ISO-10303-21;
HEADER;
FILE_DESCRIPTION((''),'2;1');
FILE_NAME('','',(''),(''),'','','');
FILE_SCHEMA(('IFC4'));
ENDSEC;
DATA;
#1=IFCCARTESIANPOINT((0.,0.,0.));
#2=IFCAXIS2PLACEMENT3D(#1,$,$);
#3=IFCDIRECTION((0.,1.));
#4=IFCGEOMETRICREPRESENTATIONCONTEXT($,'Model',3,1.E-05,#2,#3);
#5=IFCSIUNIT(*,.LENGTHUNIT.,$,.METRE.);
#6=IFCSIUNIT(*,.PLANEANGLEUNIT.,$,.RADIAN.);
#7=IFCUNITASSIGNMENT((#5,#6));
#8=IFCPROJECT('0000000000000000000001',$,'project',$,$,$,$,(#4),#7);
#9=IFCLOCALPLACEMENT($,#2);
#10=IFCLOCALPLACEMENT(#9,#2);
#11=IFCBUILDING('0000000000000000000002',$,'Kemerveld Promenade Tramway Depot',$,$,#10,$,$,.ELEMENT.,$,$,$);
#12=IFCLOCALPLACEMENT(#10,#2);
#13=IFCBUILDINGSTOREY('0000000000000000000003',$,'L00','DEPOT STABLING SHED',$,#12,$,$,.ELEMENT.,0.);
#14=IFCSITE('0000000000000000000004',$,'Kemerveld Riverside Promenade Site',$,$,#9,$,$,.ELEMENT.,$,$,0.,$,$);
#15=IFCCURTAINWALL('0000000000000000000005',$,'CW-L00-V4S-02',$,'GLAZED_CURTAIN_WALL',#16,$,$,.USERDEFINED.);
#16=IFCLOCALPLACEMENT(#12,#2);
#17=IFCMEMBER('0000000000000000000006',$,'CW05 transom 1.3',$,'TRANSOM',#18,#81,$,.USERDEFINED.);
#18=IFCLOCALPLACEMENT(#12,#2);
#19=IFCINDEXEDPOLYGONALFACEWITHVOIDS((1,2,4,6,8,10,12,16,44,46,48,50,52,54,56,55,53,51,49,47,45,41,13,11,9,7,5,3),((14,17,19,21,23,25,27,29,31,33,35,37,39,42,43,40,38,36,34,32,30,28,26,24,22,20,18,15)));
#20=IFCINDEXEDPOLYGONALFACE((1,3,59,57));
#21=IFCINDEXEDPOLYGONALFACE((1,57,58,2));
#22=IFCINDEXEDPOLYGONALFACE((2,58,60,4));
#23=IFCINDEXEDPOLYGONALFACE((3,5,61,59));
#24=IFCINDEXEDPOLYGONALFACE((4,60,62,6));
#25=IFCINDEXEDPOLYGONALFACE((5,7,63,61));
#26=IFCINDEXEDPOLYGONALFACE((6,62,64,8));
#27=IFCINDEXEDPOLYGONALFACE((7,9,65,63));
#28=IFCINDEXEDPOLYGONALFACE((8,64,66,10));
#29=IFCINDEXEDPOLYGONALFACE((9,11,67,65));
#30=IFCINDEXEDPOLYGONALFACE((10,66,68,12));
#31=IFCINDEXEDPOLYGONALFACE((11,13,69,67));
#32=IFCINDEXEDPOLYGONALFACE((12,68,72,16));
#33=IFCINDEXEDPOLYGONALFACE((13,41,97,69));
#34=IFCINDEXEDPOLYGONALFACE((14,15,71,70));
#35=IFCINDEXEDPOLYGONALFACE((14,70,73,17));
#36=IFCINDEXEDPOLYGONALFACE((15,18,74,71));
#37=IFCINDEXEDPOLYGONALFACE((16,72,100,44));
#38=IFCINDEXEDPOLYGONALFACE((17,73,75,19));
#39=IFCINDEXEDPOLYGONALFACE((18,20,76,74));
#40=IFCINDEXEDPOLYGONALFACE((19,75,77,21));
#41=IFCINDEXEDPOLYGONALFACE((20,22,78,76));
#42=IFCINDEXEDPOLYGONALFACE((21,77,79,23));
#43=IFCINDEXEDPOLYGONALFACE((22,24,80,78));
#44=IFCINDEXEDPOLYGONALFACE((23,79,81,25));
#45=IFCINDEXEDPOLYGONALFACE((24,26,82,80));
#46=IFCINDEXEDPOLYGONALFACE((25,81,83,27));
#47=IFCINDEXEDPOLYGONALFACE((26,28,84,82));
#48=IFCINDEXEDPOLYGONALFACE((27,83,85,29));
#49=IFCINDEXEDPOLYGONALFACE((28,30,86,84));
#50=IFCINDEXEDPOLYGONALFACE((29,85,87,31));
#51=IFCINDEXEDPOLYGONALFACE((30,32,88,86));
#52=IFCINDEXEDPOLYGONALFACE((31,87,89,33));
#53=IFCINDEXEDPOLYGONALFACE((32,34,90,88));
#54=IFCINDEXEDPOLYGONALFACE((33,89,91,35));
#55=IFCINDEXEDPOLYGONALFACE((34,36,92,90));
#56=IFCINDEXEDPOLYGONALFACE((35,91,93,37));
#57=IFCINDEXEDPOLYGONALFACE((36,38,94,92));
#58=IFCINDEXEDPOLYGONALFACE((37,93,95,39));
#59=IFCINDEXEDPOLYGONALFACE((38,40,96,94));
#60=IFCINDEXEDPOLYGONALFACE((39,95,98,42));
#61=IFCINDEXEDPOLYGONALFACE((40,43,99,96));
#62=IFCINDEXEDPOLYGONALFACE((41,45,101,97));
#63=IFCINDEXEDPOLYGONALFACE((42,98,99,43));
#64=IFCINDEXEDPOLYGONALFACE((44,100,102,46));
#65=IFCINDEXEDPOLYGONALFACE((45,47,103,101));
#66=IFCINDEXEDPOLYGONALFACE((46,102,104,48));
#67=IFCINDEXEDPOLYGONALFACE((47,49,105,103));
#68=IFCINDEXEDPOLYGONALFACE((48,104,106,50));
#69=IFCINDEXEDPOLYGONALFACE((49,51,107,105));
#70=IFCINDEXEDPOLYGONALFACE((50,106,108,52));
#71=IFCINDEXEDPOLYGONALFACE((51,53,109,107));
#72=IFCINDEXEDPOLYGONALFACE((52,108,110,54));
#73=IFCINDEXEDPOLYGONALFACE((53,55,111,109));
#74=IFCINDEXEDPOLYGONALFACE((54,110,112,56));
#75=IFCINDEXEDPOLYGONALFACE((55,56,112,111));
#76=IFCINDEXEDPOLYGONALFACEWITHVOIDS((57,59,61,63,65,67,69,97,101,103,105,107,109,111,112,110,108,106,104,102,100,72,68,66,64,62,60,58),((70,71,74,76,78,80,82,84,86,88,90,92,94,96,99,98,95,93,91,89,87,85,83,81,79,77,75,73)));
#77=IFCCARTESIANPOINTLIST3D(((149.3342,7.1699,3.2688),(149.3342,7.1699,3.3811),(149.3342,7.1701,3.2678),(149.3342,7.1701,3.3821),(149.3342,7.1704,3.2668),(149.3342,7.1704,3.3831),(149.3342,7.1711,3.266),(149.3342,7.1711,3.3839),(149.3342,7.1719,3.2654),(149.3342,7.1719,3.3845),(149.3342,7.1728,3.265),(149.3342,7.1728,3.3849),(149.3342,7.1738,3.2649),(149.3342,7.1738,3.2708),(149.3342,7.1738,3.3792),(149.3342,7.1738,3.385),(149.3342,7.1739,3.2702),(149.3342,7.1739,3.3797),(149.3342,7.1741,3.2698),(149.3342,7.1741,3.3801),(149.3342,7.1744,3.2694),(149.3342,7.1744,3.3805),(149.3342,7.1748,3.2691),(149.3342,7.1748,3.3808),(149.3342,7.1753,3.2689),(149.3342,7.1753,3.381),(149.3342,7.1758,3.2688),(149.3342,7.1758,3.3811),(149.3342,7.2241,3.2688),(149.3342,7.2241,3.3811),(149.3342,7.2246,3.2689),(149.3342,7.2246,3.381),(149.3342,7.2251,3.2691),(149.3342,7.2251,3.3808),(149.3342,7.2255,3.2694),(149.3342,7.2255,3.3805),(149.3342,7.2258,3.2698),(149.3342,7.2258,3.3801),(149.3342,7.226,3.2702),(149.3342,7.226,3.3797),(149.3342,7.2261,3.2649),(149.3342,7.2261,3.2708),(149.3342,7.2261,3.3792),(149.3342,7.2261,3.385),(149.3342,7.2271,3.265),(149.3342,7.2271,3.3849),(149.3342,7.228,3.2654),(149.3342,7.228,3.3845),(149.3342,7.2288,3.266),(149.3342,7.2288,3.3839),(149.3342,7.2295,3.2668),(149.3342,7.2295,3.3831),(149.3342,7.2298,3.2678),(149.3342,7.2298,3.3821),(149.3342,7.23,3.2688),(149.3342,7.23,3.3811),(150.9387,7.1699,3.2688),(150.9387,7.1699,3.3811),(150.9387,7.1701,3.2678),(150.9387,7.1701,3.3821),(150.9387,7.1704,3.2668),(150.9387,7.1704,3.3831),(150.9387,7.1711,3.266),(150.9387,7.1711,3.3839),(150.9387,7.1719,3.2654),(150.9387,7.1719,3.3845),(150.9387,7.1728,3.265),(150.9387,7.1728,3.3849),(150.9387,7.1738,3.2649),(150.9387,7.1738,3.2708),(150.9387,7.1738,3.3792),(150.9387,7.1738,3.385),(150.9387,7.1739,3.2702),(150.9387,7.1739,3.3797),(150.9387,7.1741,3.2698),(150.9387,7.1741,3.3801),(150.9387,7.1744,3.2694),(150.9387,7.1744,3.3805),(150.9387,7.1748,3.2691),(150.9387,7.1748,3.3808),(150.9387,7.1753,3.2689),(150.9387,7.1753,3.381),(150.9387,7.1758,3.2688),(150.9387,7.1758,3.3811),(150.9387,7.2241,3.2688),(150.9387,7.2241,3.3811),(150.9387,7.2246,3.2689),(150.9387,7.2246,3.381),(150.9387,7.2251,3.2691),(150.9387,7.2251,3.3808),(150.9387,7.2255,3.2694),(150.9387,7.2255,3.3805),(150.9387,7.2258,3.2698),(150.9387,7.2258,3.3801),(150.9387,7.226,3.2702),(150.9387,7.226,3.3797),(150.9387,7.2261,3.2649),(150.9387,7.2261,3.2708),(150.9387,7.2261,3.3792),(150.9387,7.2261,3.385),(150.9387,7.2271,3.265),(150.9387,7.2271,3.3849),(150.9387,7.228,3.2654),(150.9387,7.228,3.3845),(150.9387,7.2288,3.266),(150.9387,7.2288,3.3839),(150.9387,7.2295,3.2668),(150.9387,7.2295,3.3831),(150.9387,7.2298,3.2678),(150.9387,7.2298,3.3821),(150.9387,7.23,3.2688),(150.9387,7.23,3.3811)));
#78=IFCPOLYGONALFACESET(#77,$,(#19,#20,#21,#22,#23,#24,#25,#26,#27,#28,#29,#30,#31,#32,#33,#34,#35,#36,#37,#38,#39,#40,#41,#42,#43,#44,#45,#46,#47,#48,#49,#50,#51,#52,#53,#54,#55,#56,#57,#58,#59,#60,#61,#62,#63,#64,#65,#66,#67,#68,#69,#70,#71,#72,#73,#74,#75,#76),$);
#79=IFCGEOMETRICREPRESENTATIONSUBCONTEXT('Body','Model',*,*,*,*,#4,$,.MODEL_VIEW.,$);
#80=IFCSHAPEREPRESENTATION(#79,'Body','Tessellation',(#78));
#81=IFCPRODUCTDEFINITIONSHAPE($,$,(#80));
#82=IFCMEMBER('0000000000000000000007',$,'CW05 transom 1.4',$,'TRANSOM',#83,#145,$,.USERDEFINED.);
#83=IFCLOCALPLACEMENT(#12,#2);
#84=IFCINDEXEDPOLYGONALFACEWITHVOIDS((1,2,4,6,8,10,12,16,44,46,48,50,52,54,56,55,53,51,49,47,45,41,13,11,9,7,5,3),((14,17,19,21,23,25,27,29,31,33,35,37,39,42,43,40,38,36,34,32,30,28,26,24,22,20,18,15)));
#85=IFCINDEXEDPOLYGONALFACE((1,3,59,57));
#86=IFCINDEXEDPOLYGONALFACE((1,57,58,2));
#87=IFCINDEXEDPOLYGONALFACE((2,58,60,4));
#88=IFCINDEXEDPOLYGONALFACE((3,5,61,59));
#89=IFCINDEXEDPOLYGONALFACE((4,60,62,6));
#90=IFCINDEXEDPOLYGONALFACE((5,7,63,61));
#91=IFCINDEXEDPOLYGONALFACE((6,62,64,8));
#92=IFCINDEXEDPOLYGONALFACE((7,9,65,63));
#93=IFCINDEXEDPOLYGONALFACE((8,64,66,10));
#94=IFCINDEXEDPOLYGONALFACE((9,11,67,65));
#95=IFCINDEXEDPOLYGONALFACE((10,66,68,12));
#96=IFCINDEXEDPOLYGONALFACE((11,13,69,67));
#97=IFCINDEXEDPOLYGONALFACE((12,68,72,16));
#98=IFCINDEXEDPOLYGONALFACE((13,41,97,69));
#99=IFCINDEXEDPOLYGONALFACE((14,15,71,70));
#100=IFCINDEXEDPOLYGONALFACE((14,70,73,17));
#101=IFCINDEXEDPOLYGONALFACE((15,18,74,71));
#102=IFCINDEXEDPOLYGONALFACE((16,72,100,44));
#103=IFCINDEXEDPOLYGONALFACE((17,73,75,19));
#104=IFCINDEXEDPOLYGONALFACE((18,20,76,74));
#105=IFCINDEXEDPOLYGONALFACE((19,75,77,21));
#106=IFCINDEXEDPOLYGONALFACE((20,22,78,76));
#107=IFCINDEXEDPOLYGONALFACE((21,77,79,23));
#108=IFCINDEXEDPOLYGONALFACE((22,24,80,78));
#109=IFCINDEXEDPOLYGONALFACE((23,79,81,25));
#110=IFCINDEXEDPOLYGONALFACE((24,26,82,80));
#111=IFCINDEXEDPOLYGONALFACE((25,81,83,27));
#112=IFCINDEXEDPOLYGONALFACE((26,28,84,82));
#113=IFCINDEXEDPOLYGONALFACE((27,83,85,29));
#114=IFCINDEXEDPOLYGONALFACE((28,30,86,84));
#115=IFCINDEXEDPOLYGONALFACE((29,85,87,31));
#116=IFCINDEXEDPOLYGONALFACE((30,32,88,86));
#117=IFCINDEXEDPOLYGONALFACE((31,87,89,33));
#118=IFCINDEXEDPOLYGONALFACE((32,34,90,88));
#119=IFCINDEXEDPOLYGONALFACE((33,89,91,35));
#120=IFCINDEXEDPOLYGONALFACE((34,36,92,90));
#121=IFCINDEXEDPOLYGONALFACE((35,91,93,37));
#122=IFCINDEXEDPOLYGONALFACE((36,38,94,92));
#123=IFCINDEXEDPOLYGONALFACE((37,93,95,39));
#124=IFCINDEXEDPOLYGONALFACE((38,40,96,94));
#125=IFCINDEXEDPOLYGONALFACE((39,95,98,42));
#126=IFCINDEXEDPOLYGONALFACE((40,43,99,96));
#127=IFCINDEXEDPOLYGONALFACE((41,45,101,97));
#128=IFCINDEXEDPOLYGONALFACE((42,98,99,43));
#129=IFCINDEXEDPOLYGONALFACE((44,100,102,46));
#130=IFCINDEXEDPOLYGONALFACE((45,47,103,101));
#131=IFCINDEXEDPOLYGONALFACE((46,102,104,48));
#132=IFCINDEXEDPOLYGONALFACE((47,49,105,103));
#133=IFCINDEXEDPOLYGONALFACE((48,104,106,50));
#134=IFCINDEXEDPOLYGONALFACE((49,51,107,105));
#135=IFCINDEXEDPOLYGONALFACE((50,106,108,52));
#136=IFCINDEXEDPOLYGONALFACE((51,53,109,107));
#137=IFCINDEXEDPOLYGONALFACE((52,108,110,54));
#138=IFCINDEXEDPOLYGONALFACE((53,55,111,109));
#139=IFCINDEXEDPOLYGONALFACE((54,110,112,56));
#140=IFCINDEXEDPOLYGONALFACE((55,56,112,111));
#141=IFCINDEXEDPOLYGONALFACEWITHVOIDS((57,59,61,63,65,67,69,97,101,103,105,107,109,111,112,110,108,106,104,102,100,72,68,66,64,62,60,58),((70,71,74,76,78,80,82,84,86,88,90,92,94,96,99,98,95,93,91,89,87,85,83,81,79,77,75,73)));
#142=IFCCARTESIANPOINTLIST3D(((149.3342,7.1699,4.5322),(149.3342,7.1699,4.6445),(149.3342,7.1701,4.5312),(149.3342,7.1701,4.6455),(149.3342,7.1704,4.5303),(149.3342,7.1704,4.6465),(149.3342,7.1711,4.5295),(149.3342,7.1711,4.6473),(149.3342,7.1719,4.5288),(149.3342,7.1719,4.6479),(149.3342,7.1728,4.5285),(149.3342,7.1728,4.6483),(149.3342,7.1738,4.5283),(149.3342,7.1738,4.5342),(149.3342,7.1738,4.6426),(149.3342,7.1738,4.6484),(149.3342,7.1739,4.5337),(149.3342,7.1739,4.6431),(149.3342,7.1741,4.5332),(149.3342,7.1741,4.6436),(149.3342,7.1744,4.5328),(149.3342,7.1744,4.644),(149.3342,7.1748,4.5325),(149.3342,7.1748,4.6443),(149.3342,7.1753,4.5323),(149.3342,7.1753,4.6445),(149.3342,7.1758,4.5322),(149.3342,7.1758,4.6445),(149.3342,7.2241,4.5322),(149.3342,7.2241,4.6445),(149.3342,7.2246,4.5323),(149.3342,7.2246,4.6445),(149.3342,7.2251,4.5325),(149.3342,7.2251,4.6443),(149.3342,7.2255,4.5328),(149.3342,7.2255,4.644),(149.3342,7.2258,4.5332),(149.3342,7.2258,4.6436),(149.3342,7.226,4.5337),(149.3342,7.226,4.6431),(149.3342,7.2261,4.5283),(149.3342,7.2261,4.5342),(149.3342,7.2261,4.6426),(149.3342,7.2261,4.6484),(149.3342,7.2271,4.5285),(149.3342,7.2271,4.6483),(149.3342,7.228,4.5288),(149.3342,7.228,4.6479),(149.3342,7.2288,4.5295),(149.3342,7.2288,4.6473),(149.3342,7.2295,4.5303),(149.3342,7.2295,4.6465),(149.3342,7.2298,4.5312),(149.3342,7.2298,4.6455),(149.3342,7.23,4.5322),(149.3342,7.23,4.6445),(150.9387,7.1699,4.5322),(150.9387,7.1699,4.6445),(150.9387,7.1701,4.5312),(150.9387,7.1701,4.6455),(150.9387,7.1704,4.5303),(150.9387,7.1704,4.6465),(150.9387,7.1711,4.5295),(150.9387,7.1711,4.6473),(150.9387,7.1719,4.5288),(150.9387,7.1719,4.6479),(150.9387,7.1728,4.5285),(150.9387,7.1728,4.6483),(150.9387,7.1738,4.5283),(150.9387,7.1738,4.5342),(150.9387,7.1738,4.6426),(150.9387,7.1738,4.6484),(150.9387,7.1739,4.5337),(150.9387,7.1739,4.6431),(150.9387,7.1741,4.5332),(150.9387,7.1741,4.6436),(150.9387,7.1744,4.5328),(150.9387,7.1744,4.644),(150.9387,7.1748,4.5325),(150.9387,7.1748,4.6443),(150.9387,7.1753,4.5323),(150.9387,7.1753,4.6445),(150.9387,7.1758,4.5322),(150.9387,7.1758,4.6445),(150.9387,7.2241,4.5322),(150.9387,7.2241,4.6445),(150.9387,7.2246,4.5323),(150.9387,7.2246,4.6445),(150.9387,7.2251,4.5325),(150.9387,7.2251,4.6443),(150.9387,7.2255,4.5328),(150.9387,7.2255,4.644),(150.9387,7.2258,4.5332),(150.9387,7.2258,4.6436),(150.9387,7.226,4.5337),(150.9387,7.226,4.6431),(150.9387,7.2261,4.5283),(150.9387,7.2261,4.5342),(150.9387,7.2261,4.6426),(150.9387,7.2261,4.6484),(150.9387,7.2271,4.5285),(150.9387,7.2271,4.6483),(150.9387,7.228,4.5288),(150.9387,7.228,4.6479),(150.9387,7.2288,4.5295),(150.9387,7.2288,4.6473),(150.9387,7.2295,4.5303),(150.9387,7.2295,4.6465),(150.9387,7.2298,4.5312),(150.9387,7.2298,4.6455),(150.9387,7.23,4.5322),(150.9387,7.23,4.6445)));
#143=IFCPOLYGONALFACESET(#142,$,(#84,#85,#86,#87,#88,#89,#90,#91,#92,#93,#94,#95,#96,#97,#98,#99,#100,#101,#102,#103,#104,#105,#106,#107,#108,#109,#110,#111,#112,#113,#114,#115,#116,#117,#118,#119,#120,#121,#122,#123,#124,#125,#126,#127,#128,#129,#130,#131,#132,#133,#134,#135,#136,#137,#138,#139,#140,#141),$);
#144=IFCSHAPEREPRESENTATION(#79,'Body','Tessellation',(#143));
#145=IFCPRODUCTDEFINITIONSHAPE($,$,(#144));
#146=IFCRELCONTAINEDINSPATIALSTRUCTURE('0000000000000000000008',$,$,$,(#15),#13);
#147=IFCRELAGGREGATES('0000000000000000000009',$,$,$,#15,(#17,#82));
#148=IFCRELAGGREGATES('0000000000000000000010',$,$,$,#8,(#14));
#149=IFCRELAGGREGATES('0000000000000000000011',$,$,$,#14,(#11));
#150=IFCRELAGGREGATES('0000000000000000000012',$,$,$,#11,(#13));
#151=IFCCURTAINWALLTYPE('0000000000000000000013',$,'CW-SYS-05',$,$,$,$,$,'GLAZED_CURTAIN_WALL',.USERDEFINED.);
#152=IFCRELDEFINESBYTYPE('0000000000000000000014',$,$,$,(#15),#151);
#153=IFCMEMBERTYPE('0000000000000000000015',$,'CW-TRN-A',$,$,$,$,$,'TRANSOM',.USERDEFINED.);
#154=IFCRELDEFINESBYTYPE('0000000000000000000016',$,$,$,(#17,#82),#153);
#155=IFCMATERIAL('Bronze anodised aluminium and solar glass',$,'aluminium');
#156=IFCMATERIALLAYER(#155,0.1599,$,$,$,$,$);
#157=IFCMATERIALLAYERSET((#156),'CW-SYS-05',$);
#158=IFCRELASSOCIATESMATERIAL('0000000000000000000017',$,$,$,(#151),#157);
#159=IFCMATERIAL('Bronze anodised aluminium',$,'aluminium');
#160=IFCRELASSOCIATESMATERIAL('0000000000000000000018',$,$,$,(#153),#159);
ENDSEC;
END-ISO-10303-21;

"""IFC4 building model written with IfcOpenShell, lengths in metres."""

from ifc_helpers import new_model, si_unit, direction, frame, origin, origin_2d, place, context, subcontext, project, spatial, hollow_rectangle, extrude, material, layer, layer_set, material_profile, profile_set, type_object, element, aggregate, save


model = new_model("IFC4")

# Units and contexts
model_context = context("Model", 3, precision=1e-05, world=origin(), true_north=direction((0.0, 1.0)))
body_context = subcontext(model_context, "Body", "Model", "MODEL_VIEW")
ifc_project = project(units=[si_unit("LENGTHUNIT", "METRE"), si_unit("PLANEANGLEUNIT", "RADIAN")], contexts=[model_context])

# Site, building, storey
site_placement = place(None, origin())
site = spatial("IfcSite", under=ifc_project, at=site_placement, Name="Kemerveld Riverside Promenade Site", CompositionType="ELEMENT", RefElevation=0.0)
building_placement = place(site_placement, origin())
building = spatial("IfcBuilding", under=site, at=building_placement, Name="Kemerveld Promenade Tramway Depot", CompositionType="ELEMENT")
storey_placement = place(building_placement, origin())
storey = spatial("IfcBuildingStorey", under=building, at=storey_placement, Name="L00", Description="DEPOT STABLING SHED", CompositionType="ELEMENT", Elevation=0.0)

# Curtain wall, members
ifc_material_1 = material(Name="Bronze anodised aluminium and solar glass", Category="aluminium")
ifc_layer_1 = layer(ifc_material_1, 0.1599)
ifc_layer_set_1 = layer_set([ifc_layer_1], Name="CW-SYS-05")
curtain_wall_type = type_object("IfcCurtainWallType", Name="CW-SYS-05", ElementType="GLAZED_CURTAIN_WALL", PredefinedType="USERDEFINED", material=ifc_layer_set_1)
curtain_wall_placement = place(storey_placement, origin())
curtain_wall = element("IfcCurtainWall", 1, at=curtain_wall_placement, inside=storey, type_object=curtain_wall_type, Name="CW-L00-V4S-02", ObjectType="GLAZED_CURTAIN_WALL", PredefinedType="USERDEFINED")
ifc_material_2 = material(Name="Bronze anodised aluminium", Category="aluminium")
ifc_material_profile_1 = material_profile(ifc_material_2, hollow_rectangle(XDim=0.0601, YDim=0.1201, WallThickness=0.0039, InnerFilletRadius=0.002, OuterFilletRadius=0.0039, at=origin_2d()), Name="CW-TRN-120x60")
ifc_profile_set_1 = profile_set([ifc_material_profile_1], Name="Bronze anodised aluminium")
member_type_1 = type_object("IfcMemberType", Name="CW-TRN-A", ElementType="TRANSOM", PredefinedType="USERDEFINED", material=ifc_profile_set_1)
member_1_placement = place(storey_placement, frame((150.9387, 7.2, 3.325), z_axis=(-1.0, 0.0, 0.0), x_axis=(0.0, -1.0, 0.0)))
member_1 = element("IfcMember", 2, at=member_1_placement, type_object=member_type_1, Name="CW05 transom 1.3", ObjectType="TRANSOM", PredefinedType="USERDEFINED", context=body_context, shape_type="SweptSolid", body=[
    extrude(hollow_rectangle(XDim=0.0601, YDim=0.1201, WallThickness=0.0039, InnerFilletRadius=0.002, OuterFilletRadius=0.0039, at=origin_2d()), origin(), (0.0, 0.0, 1.0), 1.6045),
])
member_2_placement = place(storey_placement, frame((150.9387, 7.2, 4.5884), z_axis=(-1.0, 0.0, 0.0), x_axis=(0.0, -1.0, 0.0)))
member_2 = element("IfcMember", 3, at=member_2_placement, type_object=member_type_1, Name="CW05 transom 1.4", ObjectType="TRANSOM", PredefinedType="USERDEFINED", context=body_context, shape_type="SweptSolid", body=[
    extrude(hollow_rectangle(XDim=0.0601, YDim=0.1201, WallThickness=0.0039, InnerFilletRadius=0.002, OuterFilletRadius=0.0039, at=origin_2d()), origin(), (0.0, 0.0, 1.0), 1.6045),
])
aggregate(curtain_wall, [member_1, member_2])

save(model, "model.ifc")
